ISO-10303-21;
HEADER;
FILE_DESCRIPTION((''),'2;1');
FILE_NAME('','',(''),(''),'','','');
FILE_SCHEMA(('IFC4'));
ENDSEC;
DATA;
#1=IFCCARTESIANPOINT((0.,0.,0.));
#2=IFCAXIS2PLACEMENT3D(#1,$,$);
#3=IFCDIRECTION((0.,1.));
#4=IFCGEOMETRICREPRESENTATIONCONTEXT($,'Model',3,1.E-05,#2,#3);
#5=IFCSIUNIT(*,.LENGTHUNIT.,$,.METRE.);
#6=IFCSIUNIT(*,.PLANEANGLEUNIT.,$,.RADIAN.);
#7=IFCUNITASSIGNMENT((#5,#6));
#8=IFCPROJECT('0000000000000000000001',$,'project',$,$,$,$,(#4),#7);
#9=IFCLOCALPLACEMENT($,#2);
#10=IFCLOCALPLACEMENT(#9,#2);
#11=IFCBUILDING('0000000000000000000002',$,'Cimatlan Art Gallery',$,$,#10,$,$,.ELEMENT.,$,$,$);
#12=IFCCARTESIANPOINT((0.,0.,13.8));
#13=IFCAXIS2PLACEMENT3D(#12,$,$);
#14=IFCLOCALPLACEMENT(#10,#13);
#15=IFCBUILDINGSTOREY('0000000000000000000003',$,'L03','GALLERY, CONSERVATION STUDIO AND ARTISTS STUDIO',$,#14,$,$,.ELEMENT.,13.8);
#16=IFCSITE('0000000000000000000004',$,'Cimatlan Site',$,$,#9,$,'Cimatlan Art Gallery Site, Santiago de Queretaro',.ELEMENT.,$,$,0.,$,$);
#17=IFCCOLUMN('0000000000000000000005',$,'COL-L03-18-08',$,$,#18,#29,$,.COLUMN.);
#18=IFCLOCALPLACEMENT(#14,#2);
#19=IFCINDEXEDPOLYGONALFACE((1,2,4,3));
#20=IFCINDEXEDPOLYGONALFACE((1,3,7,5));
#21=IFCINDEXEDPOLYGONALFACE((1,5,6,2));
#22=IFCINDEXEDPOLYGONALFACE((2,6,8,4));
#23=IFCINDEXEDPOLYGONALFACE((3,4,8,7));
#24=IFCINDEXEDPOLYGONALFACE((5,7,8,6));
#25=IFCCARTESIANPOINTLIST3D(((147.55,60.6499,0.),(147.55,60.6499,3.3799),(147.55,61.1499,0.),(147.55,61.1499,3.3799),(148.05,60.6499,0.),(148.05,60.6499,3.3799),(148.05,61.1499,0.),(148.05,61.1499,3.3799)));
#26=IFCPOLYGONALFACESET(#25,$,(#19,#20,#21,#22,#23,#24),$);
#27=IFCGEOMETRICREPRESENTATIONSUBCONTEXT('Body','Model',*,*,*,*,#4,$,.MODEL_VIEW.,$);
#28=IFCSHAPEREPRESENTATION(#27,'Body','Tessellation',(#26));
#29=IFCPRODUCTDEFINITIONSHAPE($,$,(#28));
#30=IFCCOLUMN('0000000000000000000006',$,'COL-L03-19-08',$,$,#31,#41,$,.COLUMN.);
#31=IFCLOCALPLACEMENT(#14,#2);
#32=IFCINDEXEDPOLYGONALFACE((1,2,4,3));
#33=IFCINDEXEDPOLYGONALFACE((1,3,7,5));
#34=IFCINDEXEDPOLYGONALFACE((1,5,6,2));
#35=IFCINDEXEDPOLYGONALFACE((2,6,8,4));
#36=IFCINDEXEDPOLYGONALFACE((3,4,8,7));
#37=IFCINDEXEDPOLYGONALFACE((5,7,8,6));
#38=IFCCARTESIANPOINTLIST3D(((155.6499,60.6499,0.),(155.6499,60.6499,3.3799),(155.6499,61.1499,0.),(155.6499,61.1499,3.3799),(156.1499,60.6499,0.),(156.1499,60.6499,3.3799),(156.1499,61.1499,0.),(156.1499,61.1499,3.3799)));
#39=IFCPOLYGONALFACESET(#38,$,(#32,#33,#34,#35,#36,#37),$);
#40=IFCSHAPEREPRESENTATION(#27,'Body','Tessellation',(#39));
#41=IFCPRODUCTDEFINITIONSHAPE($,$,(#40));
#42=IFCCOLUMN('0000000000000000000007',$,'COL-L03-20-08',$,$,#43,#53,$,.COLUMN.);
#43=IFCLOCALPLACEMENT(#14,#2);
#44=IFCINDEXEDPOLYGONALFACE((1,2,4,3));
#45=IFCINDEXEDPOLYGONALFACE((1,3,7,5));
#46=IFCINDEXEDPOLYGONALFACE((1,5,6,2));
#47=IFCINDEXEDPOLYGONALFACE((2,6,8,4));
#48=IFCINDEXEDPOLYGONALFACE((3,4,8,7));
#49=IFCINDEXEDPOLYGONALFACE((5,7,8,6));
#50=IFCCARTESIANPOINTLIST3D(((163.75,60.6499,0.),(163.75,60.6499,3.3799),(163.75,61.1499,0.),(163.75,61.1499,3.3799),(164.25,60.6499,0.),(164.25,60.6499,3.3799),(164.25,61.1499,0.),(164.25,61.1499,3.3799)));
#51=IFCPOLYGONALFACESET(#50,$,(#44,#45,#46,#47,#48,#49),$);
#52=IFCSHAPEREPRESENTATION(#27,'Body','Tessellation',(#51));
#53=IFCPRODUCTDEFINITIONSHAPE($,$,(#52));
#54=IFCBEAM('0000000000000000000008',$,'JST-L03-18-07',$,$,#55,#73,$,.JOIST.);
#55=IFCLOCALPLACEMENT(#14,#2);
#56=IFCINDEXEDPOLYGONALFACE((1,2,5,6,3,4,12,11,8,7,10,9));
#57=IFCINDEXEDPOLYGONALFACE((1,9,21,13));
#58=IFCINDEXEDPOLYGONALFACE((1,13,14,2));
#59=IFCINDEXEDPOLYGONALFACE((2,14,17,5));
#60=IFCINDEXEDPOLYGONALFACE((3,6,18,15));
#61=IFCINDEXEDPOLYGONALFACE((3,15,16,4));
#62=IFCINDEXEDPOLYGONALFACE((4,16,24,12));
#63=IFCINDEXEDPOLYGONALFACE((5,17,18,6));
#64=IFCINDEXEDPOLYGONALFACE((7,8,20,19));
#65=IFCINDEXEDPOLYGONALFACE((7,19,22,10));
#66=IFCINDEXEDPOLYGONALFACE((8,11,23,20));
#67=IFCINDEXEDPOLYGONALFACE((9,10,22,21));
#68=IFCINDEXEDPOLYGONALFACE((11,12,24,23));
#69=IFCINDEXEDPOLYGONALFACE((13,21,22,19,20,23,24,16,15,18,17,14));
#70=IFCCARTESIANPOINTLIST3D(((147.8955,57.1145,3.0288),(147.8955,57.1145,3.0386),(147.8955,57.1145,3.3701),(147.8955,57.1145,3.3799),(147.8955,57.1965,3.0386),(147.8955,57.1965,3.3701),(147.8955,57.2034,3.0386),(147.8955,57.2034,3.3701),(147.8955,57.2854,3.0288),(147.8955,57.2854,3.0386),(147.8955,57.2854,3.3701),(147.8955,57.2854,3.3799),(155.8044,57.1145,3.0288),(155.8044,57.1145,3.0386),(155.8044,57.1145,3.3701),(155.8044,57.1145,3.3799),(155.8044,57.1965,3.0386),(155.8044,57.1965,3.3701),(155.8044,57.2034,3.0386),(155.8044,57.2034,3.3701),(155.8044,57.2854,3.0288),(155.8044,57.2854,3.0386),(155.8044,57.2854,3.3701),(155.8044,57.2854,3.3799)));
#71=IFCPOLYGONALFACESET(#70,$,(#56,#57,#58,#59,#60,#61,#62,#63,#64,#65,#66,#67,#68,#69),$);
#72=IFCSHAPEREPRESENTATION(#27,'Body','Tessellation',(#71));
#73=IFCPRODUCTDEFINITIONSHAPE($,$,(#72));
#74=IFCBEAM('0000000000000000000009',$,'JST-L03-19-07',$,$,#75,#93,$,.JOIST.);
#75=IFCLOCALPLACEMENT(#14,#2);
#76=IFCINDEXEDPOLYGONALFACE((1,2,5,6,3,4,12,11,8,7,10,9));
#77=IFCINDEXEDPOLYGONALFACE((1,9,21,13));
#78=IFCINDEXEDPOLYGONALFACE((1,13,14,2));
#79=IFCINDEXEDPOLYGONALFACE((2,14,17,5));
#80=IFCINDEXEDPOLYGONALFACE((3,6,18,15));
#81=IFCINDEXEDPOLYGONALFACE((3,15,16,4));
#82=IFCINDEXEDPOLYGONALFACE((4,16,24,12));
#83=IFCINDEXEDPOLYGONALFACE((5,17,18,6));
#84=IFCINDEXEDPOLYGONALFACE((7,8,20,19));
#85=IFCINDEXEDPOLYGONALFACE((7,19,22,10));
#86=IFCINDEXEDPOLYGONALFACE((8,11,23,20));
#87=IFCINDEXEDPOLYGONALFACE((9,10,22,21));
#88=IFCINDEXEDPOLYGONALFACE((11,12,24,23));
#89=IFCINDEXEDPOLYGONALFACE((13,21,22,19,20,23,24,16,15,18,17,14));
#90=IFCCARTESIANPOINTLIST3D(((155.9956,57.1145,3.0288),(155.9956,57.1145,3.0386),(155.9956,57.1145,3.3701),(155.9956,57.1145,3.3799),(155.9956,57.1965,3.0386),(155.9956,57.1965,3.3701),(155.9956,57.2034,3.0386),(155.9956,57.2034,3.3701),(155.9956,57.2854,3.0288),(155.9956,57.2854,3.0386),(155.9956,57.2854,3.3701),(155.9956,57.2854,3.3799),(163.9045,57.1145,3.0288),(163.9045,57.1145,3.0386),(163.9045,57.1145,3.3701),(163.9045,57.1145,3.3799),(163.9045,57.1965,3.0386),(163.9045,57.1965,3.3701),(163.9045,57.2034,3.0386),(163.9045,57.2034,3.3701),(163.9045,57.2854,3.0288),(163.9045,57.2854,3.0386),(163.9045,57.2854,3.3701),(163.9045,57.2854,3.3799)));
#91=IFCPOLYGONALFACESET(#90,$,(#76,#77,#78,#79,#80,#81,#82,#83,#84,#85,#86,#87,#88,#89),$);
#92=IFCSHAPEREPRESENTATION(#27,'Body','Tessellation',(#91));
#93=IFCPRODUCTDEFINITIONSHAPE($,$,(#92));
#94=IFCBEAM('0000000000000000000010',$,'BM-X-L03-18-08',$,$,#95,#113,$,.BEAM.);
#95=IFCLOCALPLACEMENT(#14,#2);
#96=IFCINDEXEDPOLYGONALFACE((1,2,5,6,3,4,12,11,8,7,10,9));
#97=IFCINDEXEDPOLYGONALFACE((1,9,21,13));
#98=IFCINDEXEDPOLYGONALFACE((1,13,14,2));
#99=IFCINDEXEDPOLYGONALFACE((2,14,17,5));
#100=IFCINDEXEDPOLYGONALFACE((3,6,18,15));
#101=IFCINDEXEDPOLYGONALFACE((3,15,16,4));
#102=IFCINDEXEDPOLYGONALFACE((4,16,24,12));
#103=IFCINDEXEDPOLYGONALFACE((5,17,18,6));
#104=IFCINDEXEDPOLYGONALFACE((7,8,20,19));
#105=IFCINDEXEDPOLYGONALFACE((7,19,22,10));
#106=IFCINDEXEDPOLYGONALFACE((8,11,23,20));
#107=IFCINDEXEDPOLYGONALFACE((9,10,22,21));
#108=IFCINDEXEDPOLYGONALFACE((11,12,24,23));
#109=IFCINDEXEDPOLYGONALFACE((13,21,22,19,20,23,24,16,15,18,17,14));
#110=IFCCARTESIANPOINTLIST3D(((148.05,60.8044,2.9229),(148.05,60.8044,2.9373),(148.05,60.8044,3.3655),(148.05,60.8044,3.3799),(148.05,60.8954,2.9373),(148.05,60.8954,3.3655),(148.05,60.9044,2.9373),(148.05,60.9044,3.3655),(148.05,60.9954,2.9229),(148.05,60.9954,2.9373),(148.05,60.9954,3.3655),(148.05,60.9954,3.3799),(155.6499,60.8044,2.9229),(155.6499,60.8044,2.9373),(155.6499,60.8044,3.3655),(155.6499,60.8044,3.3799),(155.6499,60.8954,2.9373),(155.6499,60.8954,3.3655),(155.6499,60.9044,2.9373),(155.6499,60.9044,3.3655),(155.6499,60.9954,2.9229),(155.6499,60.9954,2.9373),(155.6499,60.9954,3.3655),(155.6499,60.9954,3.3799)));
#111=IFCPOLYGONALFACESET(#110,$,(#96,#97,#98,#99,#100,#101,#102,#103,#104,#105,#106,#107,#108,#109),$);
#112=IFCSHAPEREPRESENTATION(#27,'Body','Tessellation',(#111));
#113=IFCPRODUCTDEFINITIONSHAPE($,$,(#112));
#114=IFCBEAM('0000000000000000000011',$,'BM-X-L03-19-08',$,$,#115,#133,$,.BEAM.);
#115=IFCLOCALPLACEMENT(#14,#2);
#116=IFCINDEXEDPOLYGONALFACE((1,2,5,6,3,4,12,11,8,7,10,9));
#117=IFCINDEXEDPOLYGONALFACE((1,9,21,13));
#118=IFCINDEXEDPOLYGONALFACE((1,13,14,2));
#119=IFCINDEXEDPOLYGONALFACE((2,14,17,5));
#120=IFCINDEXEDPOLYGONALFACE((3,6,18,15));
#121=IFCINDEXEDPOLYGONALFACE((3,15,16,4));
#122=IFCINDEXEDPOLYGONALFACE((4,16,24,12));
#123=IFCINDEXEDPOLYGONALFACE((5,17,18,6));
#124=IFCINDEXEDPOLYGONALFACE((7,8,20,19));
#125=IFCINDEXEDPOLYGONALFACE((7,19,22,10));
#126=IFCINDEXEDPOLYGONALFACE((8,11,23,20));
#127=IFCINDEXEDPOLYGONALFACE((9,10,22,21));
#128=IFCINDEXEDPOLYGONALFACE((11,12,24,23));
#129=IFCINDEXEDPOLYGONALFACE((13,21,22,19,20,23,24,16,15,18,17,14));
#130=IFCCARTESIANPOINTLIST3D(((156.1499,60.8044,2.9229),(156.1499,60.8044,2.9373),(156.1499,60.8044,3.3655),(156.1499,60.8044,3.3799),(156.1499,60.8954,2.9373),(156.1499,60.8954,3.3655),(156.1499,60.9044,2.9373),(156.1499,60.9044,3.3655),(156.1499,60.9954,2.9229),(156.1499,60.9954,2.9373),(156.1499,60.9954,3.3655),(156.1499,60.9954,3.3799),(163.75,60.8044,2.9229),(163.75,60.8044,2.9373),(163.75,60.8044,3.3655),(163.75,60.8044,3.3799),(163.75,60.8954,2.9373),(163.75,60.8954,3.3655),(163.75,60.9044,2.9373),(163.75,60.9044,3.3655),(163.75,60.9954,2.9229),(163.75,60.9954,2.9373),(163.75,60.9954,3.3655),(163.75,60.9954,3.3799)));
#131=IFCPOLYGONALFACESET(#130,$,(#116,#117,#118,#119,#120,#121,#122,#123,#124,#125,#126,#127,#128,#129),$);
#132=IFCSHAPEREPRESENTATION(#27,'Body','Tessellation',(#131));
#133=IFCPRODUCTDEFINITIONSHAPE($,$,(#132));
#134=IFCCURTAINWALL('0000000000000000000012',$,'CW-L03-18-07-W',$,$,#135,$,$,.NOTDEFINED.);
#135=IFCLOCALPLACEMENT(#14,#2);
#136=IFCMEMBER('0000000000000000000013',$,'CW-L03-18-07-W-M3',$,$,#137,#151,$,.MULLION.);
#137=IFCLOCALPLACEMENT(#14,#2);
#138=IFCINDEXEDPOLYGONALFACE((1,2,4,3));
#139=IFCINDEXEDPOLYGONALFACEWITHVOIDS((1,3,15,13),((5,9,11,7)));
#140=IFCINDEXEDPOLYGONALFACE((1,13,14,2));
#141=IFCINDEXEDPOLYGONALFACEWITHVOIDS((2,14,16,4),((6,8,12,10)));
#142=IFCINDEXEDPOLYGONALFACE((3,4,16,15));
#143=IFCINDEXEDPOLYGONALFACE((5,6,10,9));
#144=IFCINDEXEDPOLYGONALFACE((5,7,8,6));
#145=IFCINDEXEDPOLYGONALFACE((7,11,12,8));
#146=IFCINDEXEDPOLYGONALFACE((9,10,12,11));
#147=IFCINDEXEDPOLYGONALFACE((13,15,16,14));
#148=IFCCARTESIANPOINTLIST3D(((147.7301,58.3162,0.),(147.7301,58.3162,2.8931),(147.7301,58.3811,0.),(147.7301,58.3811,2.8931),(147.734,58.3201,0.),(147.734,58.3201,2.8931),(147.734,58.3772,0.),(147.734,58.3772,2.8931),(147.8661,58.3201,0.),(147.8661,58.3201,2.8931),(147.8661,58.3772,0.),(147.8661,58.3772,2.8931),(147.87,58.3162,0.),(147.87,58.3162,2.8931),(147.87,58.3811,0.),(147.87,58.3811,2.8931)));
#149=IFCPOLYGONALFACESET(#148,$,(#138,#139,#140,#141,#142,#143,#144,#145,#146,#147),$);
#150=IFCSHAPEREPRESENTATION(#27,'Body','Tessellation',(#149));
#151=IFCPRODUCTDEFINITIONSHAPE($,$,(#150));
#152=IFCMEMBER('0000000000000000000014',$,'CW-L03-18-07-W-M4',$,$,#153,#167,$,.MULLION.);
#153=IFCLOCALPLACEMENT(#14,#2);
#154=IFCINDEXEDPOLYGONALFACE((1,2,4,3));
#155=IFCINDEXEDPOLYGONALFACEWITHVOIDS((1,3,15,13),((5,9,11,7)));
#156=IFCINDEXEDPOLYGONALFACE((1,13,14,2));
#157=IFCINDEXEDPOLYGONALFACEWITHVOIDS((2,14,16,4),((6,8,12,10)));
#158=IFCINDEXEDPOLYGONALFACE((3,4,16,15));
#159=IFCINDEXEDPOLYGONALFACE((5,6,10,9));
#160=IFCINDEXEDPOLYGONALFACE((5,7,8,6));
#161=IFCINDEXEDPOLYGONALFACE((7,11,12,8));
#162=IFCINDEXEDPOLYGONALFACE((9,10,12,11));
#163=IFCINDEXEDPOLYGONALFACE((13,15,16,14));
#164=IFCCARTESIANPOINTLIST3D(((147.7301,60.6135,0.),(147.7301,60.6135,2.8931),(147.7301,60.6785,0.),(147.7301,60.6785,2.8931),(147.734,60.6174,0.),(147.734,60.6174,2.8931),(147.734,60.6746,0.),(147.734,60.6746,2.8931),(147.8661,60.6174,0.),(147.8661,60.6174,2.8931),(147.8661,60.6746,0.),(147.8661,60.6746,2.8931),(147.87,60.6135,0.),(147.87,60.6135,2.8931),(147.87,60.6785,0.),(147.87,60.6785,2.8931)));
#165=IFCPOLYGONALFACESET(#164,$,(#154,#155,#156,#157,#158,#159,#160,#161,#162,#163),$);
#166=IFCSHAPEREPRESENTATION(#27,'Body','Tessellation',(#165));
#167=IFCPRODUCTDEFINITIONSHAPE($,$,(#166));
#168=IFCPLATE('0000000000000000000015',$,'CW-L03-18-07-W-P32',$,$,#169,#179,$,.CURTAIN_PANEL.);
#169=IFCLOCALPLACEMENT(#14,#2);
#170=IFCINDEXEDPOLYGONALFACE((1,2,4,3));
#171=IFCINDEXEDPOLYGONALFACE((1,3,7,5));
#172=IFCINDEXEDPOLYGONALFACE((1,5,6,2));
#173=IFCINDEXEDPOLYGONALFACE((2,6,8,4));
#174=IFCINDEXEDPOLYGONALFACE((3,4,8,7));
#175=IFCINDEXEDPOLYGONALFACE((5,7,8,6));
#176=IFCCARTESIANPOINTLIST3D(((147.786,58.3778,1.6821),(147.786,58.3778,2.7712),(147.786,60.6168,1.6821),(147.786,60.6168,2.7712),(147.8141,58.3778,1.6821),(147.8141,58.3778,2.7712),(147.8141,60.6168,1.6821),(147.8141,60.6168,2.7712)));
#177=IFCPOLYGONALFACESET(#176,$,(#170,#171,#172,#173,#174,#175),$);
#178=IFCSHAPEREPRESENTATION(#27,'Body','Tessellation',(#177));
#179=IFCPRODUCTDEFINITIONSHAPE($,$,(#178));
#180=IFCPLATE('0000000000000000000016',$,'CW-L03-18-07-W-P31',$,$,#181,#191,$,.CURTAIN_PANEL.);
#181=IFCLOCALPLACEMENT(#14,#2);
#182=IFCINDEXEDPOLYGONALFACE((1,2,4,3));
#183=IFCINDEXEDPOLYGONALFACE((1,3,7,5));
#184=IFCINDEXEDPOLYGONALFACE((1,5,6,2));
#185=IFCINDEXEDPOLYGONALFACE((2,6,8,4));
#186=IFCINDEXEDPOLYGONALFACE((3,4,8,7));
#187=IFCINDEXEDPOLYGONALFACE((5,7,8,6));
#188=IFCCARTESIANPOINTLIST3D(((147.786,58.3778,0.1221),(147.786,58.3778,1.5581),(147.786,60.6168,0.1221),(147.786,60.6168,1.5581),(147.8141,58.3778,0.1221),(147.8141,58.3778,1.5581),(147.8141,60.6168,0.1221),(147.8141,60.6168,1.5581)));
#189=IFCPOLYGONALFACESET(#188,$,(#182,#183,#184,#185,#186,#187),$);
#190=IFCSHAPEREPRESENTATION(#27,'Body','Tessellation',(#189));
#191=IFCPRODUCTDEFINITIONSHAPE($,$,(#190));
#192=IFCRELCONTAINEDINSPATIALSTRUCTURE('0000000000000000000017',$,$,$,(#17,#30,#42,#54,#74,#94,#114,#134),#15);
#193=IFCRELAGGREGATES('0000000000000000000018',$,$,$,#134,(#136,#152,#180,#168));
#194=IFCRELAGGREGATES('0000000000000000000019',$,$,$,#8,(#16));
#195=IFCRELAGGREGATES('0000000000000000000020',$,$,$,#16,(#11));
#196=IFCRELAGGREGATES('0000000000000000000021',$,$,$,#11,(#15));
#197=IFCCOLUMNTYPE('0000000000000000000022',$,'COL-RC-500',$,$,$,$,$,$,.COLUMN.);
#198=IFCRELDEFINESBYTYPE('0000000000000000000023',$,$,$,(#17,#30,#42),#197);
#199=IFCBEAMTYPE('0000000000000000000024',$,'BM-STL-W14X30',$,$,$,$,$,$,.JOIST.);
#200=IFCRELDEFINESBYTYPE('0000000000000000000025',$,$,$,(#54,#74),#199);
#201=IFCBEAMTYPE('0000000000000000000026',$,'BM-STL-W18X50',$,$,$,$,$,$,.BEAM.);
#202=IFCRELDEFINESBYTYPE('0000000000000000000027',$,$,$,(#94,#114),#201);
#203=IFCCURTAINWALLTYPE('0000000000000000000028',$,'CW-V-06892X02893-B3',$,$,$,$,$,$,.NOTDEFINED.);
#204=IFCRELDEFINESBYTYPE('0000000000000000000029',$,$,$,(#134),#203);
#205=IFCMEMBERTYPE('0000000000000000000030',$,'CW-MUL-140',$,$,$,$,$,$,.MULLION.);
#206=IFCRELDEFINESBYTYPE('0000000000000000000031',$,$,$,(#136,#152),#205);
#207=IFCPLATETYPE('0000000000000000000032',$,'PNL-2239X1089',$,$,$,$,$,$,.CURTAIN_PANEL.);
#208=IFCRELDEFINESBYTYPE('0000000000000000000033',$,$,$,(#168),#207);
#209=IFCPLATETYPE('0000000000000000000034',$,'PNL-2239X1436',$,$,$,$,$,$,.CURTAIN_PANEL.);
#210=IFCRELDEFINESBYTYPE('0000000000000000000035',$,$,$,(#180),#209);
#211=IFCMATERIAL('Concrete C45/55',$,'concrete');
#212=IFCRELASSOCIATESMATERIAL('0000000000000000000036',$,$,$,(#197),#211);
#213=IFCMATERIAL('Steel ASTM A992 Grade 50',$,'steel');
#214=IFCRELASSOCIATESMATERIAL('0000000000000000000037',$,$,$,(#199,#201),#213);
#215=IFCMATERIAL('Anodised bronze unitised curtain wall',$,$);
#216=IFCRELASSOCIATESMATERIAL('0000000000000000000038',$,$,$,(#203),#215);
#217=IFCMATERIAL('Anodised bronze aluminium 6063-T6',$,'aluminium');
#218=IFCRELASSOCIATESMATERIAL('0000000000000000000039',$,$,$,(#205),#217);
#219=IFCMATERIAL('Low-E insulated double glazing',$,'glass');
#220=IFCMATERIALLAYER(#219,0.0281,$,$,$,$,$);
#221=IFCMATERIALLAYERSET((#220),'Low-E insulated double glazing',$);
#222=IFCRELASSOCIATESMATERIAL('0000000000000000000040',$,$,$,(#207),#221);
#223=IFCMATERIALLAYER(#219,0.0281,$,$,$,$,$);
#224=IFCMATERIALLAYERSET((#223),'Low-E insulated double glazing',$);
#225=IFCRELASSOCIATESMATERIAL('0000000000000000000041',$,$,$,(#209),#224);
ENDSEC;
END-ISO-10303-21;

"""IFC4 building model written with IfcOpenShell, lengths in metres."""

from ifc_helpers import new_model, si_unit, direction, frame, origin, origin_2d, place, context, subcontext, project, spatial, rectangle, hollow_rectangle, i_section, extrude, material, layer, layer_set, material_profile, profile_set, type_object, element, aggregate, save


model = new_model("IFC4")

# Units and contexts
model_context = context("Model", 3, precision=1e-05, world=origin(), true_north=direction((0.0, 1.0)))
body_context = subcontext(model_context, "Body", "Model", "MODEL_VIEW")
ifc_project = project(units=[si_unit("LENGTHUNIT", "METRE"), si_unit("PLANEANGLEUNIT", "RADIAN")], contexts=[model_context])

# Site, building, storey
site_placement = place(None, origin())
site = spatial("IfcSite", under=ifc_project, at=site_placement, Name="Cimatlan Site", LongName="Cimatlan Art Gallery Site, Santiago de Queretaro", CompositionType="ELEMENT", RefElevation=0.0)
building_placement = place(site_placement, origin())
building = spatial("IfcBuilding", under=site, at=building_placement, Name="Cimatlan Art Gallery", CompositionType="ELEMENT")
storey_placement = place(building_placement, frame((0.0, 0.0, 13.8)))
storey = spatial("IfcBuildingStorey", under=building, at=storey_placement, Name="L03", Description="GALLERY, CONSERVATION STUDIO AND ARTISTS STUDIO", CompositionType="ELEMENT", Elevation=13.8)

# Columns
ifc_material_1 = material(Name="Concrete C45/55", Category="concrete")
ifc_material_profile_1 = material_profile(ifc_material_1, rectangle(XDim=0.5, YDim=0.5, at=origin_2d()), Name="RC500X500")
ifc_profile_set_1 = profile_set([ifc_material_profile_1], Name="Concrete C45/55")
column_type = type_object("IfcColumnType", Name="COL-RC-500", PredefinedType="COLUMN", material=ifc_profile_set_1)
for number, where, z_axis, x_axis, name in (
    (1, (147.8, 60.8999, 0.0), (0.0, 0.0, 1.0), (1.0, 0.0, 0.0), "COL-L03-18-08"),
    (2, (155.8999, 60.8999, 0.0), (0.0, 0.0, 1.0), (1.0, 0.0, 0.0), "COL-L03-19-08"),
    (3, (164.0, 60.8999, 0.0), (0.0, 0.0, 1.0), (1.0, 0.0, 0.0), "COL-L03-20-08"),
):
    element("IfcColumn", number, at=place(storey_placement, frame(where, z_axis=z_axis, x_axis=x_axis)), inside=storey, type_object=column_type, Name=name, PredefinedType="COLUMN", context=body_context, shape_type="SweptSolid", body=[
        extrude(rectangle(XDim=0.5, YDim=0.5, at=origin_2d()), origin(), (0.0, 0.0, 1.0), 3.3799),
    ])

# Beams
ifc_material_2 = material(Name="Steel ASTM A992 Grade 50", Category="steel")
ifc_material_profile_2 = material_profile(ifc_material_2, i_section(OverallWidth=0.1709, OverallDepth=0.3511, WebThickness=0.0068, FlangeThickness=0.0098, at=origin_2d()), Name="W14X30")
ifc_profile_set_2 = profile_set([ifc_material_profile_2], Name="Steel ASTM A992 Grade 50")
beam_type_1 = type_object("IfcBeamType", Name="BM-STL-W14X30", PredefinedType="JOIST", material=ifc_profile_set_2)
for number, where, z_axis, x_axis, name in (
    (4, (147.8955, 57.2, 3.2043), (1.0, 0.0, 0.0), (0.0, 1.0, 0.0), "JST-L03-18-07"),
    (5, (155.9956, 57.2, 3.2043), (1.0, 0.0, 0.0), (0.0, 1.0, 0.0), "JST-L03-19-07"),
):
    element("IfcBeam", number, at=place(storey_placement, frame(where, z_axis=z_axis, x_axis=x_axis)), inside=storey, type_object=beam_type_1, Name=name, PredefinedType="JOIST", context=body_context, shape_type="SweptSolid", body=[
        extrude(i_section(OverallWidth=0.1709, OverallDepth=0.3511, WebThickness=0.0068, FlangeThickness=0.0098, at=origin_2d()), origin(), (0.0, 0.0, 1.0), 7.9089),
    ])
ifc_material_profile_3 = material_profile(ifc_material_2, i_section(OverallWidth=0.1909, OverallDepth=0.457, WebThickness=0.009, FlangeThickness=0.0144, at=origin_2d()), Name="W18X50")
ifc_profile_set_3 = profile_set([ifc_material_profile_3], Name="Steel ASTM A992 Grade 50")
beam_type_2 = type_object("IfcBeamType", Name="BM-STL-W18X50", PredefinedType="BEAM", material=ifc_profile_set_3)
beam_1_placement = place(storey_placement, frame((148.05, 60.8999, 3.1514), z_axis=(1.0, 0.0, 0.0), x_axis=(0.0, 1.0, 0.0)))
element("IfcBeam", 6, at=beam_1_placement, inside=storey, type_object=beam_type_2, Name="BM-X-L03-18-08", PredefinedType="BEAM", context=body_context, shape_type="SweptSolid", body=[
    extrude(i_section(OverallWidth=0.1909, OverallDepth=0.457, WebThickness=0.009, FlangeThickness=0.0144, at=origin_2d()), origin(), (0.0, 0.0, 1.0), 7.5999),
])
beam_2_placement = place(storey_placement, frame((156.1499, 60.8999, 3.1514), z_axis=(1.0, 0.0, 0.0), x_axis=(0.0, 1.0, 0.0)))
element("IfcBeam", 7, at=beam_2_placement, inside=storey, type_object=beam_type_2, Name="BM-X-L03-19-08", PredefinedType="BEAM", context=body_context, shape_type="SweptSolid", body=[
    extrude(i_section(OverallWidth=0.1909, OverallDepth=0.457, WebThickness=0.009, FlangeThickness=0.0144, at=origin_2d()), origin(), (0.0, 0.0, 1.0), 7.6001),
])

# Curtain wall, members, plates
ifc_material_3 = material(Name="Anodised bronze unitised curtain wall")
curtain_wall_type = type_object("IfcCurtainWallType", Name="CW-V-06892X02893-B3", PredefinedType="NOTDEFINED", material=ifc_material_3)
curtain_wall_placement = place(storey_placement, origin())
curtain_wall = element("IfcCurtainWall", 8, at=curtain_wall_placement, inside=storey, type_object=curtain_wall_type, Name="CW-L03-18-07-W", PredefinedType="NOTDEFINED")
ifc_material_4 = material(Name="Anodised bronze aluminium 6063-T6", Category="aluminium")
ifc_material_profile_4 = material_profile(ifc_material_4, hollow_rectangle(XDim=0.0649, YDim=0.1399, WallThickness=0.0039, at=origin_2d()), Name="ALU65X140X4")
ifc_profile_set_4 = profile_set([ifc_material_profile_4], Name="Anodised bronze aluminium 6063-T6")
member_type = type_object("IfcMemberType", Name="CW-MUL-140", PredefinedType="MULLION", material=ifc_profile_set_4)
member_1_placement = place(storey_placement, frame((147.8, 58.3486, 0.0), z_axis=(0.0, 0.0, 1.0), x_axis=(0.0, 1.0, 0.0)))
member_1 = element("IfcMember", 9, at=member_1_placement, type_object=member_type, Name="CW-L03-18-07-W-M3", PredefinedType="MULLION", context=body_context, shape_type="SweptSolid", body=[
    extrude(hollow_rectangle(XDim=0.0649, YDim=0.1399, WallThickness=0.0039, at=origin_2d()), origin(), (0.0, 0.0, 1.0), 2.8931),
])
member_2_placement = place(storey_placement, frame((147.8, 60.646, 0.0), z_axis=(0.0, 0.0, 1.0), x_axis=(0.0, 1.0, 0.0)))
member_2 = element("IfcMember", 10, at=member_2_placement, type_object=member_type, Name="CW-L03-18-07-W-M4", PredefinedType="MULLION", context=body_context, shape_type="SweptSolid", body=[
    extrude(hollow_rectangle(XDim=0.0649, YDim=0.1399, WallThickness=0.0039, at=origin_2d()), origin(), (0.0, 0.0, 1.0), 2.8931),
])
ifc_material_5 = material(Name="Low-E insulated double glazing", Category="glass")
ifc_layer_1 = layer(ifc_material_5, 0.0281)
ifc_layer_set_1 = layer_set([ifc_layer_1], Name="Low-E insulated double glazing")
plate_type_1 = type_object("IfcPlateType", Name="PNL-2239X1089", PredefinedType="CURTAIN_PANEL", material=ifc_layer_set_1)
plate_1_placement = place(storey_placement, frame((147.8, 59.4973, 1.6821), z_axis=(0.0, 0.0, 1.0), x_axis=(0.0, 1.0, 0.0)))
plate_1 = element("IfcPlate", 11, at=plate_1_placement, type_object=plate_type_1, Name="CW-L03-18-07-W-P32", PredefinedType="CURTAIN_PANEL", context=body_context, shape_type="SweptSolid", body=[
    extrude(rectangle(XDim=2.239, YDim=0.0281, at=origin_2d()), origin(), (0.0, 0.0, 1.0), 1.0891),
])
ifc_layer_2 = layer(ifc_material_5, 0.0281)
ifc_layer_set_2 = layer_set([ifc_layer_2], Name="Low-E insulated double glazing")
plate_type_2 = type_object("IfcPlateType", Name="PNL-2239X1436", PredefinedType="CURTAIN_PANEL", material=ifc_layer_set_2)
plate_2_placement = place(storey_placement, frame((147.8, 59.4973, 0.1221), z_axis=(0.0, 0.0, 1.0), x_axis=(0.0, 1.0, 0.0)))
plate_2 = element("IfcPlate", 12, at=plate_2_placement, type_object=plate_type_2, Name="CW-L03-18-07-W-P31", PredefinedType="CURTAIN_PANEL", context=body_context, shape_type="SweptSolid", body=[
    extrude(rectangle(XDim=2.239, YDim=0.0281, at=origin_2d()), origin(), (0.0, 0.0, 1.0), 1.436),
])
aggregate(curtain_wall, [member_1, member_2, plate_2, plate_1])

save(model, "model.ifc")
